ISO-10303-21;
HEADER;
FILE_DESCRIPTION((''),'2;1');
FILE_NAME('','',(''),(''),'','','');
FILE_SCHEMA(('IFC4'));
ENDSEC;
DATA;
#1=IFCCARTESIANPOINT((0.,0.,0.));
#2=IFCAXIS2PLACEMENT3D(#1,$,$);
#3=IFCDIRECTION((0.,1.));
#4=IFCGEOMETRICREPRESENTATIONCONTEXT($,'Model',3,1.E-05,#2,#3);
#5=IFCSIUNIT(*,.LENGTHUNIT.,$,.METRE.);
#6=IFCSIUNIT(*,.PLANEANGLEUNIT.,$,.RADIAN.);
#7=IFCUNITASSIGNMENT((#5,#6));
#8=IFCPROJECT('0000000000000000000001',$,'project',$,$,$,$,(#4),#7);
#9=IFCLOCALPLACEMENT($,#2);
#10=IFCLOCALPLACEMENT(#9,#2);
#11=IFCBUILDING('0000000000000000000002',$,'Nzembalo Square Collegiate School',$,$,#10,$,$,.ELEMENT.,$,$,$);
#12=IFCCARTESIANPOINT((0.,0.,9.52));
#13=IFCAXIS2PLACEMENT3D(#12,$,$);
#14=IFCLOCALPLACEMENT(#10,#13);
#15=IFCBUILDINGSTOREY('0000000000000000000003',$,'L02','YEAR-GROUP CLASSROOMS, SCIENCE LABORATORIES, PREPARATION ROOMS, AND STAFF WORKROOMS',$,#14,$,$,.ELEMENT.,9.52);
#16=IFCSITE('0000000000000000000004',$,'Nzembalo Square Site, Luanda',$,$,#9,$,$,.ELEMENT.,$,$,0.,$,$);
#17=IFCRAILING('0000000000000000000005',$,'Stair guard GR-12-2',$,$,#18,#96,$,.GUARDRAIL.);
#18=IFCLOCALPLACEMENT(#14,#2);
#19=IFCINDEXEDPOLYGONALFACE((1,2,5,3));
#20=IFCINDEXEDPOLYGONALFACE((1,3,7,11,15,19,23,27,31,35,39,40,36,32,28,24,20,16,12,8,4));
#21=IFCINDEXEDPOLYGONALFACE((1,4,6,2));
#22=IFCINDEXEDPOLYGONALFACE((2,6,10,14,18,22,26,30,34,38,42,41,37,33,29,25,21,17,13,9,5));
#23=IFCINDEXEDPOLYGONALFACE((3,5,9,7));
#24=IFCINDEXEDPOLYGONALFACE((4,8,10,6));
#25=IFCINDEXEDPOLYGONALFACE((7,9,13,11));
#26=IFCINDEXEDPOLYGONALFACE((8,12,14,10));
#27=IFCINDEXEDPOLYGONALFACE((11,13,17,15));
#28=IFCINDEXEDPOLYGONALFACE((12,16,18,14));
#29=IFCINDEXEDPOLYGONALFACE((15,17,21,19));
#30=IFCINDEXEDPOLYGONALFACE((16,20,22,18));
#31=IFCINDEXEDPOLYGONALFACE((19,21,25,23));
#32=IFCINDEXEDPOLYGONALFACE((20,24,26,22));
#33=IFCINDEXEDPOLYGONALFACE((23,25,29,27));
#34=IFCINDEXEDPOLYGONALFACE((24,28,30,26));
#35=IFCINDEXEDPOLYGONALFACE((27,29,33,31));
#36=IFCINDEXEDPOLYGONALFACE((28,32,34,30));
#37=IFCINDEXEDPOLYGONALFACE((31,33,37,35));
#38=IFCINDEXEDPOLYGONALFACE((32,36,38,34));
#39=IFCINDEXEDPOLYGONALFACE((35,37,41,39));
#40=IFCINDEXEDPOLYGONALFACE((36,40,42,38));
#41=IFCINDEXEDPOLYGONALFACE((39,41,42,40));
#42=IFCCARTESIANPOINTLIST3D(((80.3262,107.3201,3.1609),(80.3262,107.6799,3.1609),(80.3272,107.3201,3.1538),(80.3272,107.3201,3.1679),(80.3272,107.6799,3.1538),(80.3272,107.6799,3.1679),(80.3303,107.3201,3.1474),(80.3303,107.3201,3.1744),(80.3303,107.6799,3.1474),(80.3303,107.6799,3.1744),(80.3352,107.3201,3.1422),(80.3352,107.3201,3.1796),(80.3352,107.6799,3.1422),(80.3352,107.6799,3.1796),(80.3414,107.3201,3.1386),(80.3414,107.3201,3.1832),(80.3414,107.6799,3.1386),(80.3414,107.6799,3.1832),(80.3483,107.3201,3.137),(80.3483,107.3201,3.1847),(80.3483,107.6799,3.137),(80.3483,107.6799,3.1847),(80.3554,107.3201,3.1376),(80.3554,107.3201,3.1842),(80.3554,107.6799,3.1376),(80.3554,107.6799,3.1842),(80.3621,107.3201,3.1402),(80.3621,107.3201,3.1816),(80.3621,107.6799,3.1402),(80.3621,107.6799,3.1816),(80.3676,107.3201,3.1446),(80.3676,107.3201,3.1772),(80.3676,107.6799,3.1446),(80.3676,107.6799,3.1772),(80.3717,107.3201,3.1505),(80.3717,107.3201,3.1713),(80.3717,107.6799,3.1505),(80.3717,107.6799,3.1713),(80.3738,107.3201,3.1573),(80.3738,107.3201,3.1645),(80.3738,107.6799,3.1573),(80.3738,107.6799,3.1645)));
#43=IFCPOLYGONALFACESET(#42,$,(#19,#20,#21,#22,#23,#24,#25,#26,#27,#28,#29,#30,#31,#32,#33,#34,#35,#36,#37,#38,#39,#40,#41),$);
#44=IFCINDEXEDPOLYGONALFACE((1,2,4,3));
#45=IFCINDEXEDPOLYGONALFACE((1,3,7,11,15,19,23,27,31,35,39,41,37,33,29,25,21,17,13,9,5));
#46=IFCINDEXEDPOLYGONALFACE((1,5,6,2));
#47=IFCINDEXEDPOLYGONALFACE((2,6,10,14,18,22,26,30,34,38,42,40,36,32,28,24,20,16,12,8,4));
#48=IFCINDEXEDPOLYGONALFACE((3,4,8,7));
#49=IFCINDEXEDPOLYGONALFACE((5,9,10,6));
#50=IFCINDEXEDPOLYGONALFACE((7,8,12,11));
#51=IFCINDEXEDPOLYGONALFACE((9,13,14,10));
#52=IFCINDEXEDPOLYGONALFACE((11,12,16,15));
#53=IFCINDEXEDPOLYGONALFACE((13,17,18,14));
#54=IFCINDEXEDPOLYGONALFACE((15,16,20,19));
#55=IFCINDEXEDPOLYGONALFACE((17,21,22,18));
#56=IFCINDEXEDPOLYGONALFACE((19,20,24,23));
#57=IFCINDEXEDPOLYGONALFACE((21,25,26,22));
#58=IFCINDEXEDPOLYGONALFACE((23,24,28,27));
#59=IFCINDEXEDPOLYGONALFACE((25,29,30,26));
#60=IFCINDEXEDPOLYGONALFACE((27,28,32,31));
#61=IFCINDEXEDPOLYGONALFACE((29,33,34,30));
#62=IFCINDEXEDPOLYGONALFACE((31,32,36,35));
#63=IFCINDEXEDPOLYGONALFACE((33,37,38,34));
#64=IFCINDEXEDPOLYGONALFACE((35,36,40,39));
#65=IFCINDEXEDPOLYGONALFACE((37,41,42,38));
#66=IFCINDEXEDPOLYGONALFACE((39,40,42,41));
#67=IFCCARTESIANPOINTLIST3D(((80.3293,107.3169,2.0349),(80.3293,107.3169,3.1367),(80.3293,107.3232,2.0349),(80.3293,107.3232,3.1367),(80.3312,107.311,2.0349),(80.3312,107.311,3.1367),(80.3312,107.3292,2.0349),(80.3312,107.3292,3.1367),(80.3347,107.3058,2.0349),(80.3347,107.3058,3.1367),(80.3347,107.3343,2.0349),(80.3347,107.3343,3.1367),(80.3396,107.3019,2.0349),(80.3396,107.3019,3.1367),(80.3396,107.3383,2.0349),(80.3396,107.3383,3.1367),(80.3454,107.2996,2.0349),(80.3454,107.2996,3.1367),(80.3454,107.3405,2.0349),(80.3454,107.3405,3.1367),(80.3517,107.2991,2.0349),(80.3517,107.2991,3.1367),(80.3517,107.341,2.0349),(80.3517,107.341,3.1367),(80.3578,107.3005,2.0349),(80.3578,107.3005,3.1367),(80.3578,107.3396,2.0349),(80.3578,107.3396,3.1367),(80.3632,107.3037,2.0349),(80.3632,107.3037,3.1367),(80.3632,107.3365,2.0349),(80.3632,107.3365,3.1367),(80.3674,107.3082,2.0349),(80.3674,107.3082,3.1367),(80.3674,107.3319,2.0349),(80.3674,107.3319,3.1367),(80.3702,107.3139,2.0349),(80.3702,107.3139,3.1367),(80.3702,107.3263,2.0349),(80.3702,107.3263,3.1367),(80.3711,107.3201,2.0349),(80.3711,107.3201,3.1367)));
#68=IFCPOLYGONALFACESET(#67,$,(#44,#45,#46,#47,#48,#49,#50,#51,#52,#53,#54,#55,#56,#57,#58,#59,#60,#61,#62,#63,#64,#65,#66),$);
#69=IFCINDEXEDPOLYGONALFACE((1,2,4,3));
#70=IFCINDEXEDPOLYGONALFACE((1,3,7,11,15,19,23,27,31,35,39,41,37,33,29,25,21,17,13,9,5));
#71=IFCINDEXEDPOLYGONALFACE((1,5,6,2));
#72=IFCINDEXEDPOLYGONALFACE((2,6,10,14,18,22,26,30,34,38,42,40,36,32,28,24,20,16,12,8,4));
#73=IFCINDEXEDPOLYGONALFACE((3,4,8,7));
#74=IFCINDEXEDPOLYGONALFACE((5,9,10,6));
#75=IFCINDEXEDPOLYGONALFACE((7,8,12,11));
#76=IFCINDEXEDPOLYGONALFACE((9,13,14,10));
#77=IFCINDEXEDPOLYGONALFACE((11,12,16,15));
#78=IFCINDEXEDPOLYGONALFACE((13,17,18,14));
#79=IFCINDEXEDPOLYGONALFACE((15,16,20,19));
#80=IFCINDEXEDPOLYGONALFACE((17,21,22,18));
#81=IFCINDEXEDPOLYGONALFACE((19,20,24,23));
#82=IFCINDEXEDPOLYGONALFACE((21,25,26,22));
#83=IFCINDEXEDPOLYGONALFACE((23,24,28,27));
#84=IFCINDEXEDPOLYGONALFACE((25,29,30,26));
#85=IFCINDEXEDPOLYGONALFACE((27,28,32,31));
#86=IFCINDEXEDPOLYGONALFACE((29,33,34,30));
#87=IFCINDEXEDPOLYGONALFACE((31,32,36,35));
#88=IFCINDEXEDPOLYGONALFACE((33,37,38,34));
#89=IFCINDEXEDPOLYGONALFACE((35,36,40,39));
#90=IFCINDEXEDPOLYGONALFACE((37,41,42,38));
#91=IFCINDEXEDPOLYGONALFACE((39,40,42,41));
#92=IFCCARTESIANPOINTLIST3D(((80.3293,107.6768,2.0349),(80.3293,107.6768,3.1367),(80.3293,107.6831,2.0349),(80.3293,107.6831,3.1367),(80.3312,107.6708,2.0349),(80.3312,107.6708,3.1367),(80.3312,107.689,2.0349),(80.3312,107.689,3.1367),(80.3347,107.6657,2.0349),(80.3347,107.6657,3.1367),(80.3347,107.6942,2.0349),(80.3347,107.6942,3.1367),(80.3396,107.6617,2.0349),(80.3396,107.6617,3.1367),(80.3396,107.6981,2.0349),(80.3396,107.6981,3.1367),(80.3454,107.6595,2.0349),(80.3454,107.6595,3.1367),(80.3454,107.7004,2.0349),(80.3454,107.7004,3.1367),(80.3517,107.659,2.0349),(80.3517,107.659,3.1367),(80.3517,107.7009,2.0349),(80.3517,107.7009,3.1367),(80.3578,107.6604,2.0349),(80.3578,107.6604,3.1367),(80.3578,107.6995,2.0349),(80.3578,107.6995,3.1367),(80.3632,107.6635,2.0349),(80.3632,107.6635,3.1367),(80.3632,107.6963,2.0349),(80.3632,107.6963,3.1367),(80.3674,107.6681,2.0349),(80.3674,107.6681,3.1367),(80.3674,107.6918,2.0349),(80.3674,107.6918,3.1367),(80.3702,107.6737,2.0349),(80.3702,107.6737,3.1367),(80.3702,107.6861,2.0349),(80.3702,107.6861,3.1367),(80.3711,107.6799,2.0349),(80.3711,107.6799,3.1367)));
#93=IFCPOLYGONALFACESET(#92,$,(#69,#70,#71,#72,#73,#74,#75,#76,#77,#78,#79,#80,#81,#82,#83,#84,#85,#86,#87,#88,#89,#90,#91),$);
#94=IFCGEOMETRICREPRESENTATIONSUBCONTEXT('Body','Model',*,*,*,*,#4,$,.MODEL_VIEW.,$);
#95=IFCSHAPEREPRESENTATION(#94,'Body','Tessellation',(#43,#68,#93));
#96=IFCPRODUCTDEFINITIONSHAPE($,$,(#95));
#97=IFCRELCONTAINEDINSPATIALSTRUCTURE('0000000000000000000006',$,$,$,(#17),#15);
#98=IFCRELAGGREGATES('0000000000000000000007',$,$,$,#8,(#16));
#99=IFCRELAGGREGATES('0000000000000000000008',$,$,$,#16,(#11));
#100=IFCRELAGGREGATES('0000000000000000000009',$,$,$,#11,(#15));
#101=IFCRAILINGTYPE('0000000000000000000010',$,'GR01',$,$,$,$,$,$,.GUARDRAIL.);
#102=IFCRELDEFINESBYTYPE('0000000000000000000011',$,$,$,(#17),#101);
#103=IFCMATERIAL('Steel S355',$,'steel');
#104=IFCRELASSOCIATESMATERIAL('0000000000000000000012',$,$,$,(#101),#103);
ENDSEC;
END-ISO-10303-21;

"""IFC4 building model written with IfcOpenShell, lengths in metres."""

from ifc_helpers import new_model, si_unit, direction, frame, origin, origin_2d, place, context, subcontext, project, spatial, circle, extrude, material, type_object, element, save


model = new_model("IFC4")

# Units and contexts
model_context = context("Model", 3, precision=1e-05, world=origin(), true_north=direction((0.0, 1.0)))
body_context = subcontext(model_context, "Body", "Model", "MODEL_VIEW")
ifc_project = project(units=[si_unit("LENGTHUNIT", "METRE"), si_unit("PLANEANGLEUNIT", "RADIAN")], contexts=[model_context])

# Site, building, storey
site_placement = place(None, origin())
site = spatial("IfcSite", under=ifc_project, at=site_placement, Name="Nzembalo Square Site, Luanda", CompositionType="ELEMENT", RefElevation=0.0)
building_placement = place(site_placement, origin())
building = spatial("IfcBuilding", under=site, at=building_placement, Name="Nzembalo Square Collegiate School", CompositionType="ELEMENT")
storey_placement = place(building_placement, frame((0.0, 0.0, 9.52)))
storey = spatial("IfcBuildingStorey", under=building, at=storey_placement, Name="L02", Description="YEAR-GROUP CLASSROOMS, SCIENCE LABORATORIES, PREPARATION ROOMS, AND STAFF WORKROOMS", CompositionType="ELEMENT", Elevation=9.52)

# Railing
ifc_material_1 = material(Name="Steel S355", Category="steel")
railing_type_1 = type_object("IfcRailingType", Name="GR01", PredefinedType="GUARDRAIL", material=ifc_material_1)
railing_1_placement = place(storey_placement, frame((80.3501, 107.3201, 2.0349)))
element("IfcRailing", 1, at=railing_1_placement, inside=storey, type_object=railing_type_1, Name="Stair guard GR-12-2", PredefinedType="GUARDRAIL", context=body_context, shape_type="SweptSolid", body=[
    extrude(circle(Radius=0.0239, at=origin_2d()), frame((0.0, 0.0, 1.126), z_axis=(0.0, 1.0, 0.0), x_axis=(-1.0, 0.0, 0.0)), (0.0, 0.0, 1.0), 0.3599),
    extrude(circle(Radius=0.021, at=origin_2d()), origin(), (0.0, 0.0, 1.0), 1.1018),
    extrude(circle(Radius=0.021, at=origin_2d()), frame((0.0, 0.3599, 0.0)), (0.0, 0.0, 1.0), 1.1018),
])

save(model, "model.ifc")
